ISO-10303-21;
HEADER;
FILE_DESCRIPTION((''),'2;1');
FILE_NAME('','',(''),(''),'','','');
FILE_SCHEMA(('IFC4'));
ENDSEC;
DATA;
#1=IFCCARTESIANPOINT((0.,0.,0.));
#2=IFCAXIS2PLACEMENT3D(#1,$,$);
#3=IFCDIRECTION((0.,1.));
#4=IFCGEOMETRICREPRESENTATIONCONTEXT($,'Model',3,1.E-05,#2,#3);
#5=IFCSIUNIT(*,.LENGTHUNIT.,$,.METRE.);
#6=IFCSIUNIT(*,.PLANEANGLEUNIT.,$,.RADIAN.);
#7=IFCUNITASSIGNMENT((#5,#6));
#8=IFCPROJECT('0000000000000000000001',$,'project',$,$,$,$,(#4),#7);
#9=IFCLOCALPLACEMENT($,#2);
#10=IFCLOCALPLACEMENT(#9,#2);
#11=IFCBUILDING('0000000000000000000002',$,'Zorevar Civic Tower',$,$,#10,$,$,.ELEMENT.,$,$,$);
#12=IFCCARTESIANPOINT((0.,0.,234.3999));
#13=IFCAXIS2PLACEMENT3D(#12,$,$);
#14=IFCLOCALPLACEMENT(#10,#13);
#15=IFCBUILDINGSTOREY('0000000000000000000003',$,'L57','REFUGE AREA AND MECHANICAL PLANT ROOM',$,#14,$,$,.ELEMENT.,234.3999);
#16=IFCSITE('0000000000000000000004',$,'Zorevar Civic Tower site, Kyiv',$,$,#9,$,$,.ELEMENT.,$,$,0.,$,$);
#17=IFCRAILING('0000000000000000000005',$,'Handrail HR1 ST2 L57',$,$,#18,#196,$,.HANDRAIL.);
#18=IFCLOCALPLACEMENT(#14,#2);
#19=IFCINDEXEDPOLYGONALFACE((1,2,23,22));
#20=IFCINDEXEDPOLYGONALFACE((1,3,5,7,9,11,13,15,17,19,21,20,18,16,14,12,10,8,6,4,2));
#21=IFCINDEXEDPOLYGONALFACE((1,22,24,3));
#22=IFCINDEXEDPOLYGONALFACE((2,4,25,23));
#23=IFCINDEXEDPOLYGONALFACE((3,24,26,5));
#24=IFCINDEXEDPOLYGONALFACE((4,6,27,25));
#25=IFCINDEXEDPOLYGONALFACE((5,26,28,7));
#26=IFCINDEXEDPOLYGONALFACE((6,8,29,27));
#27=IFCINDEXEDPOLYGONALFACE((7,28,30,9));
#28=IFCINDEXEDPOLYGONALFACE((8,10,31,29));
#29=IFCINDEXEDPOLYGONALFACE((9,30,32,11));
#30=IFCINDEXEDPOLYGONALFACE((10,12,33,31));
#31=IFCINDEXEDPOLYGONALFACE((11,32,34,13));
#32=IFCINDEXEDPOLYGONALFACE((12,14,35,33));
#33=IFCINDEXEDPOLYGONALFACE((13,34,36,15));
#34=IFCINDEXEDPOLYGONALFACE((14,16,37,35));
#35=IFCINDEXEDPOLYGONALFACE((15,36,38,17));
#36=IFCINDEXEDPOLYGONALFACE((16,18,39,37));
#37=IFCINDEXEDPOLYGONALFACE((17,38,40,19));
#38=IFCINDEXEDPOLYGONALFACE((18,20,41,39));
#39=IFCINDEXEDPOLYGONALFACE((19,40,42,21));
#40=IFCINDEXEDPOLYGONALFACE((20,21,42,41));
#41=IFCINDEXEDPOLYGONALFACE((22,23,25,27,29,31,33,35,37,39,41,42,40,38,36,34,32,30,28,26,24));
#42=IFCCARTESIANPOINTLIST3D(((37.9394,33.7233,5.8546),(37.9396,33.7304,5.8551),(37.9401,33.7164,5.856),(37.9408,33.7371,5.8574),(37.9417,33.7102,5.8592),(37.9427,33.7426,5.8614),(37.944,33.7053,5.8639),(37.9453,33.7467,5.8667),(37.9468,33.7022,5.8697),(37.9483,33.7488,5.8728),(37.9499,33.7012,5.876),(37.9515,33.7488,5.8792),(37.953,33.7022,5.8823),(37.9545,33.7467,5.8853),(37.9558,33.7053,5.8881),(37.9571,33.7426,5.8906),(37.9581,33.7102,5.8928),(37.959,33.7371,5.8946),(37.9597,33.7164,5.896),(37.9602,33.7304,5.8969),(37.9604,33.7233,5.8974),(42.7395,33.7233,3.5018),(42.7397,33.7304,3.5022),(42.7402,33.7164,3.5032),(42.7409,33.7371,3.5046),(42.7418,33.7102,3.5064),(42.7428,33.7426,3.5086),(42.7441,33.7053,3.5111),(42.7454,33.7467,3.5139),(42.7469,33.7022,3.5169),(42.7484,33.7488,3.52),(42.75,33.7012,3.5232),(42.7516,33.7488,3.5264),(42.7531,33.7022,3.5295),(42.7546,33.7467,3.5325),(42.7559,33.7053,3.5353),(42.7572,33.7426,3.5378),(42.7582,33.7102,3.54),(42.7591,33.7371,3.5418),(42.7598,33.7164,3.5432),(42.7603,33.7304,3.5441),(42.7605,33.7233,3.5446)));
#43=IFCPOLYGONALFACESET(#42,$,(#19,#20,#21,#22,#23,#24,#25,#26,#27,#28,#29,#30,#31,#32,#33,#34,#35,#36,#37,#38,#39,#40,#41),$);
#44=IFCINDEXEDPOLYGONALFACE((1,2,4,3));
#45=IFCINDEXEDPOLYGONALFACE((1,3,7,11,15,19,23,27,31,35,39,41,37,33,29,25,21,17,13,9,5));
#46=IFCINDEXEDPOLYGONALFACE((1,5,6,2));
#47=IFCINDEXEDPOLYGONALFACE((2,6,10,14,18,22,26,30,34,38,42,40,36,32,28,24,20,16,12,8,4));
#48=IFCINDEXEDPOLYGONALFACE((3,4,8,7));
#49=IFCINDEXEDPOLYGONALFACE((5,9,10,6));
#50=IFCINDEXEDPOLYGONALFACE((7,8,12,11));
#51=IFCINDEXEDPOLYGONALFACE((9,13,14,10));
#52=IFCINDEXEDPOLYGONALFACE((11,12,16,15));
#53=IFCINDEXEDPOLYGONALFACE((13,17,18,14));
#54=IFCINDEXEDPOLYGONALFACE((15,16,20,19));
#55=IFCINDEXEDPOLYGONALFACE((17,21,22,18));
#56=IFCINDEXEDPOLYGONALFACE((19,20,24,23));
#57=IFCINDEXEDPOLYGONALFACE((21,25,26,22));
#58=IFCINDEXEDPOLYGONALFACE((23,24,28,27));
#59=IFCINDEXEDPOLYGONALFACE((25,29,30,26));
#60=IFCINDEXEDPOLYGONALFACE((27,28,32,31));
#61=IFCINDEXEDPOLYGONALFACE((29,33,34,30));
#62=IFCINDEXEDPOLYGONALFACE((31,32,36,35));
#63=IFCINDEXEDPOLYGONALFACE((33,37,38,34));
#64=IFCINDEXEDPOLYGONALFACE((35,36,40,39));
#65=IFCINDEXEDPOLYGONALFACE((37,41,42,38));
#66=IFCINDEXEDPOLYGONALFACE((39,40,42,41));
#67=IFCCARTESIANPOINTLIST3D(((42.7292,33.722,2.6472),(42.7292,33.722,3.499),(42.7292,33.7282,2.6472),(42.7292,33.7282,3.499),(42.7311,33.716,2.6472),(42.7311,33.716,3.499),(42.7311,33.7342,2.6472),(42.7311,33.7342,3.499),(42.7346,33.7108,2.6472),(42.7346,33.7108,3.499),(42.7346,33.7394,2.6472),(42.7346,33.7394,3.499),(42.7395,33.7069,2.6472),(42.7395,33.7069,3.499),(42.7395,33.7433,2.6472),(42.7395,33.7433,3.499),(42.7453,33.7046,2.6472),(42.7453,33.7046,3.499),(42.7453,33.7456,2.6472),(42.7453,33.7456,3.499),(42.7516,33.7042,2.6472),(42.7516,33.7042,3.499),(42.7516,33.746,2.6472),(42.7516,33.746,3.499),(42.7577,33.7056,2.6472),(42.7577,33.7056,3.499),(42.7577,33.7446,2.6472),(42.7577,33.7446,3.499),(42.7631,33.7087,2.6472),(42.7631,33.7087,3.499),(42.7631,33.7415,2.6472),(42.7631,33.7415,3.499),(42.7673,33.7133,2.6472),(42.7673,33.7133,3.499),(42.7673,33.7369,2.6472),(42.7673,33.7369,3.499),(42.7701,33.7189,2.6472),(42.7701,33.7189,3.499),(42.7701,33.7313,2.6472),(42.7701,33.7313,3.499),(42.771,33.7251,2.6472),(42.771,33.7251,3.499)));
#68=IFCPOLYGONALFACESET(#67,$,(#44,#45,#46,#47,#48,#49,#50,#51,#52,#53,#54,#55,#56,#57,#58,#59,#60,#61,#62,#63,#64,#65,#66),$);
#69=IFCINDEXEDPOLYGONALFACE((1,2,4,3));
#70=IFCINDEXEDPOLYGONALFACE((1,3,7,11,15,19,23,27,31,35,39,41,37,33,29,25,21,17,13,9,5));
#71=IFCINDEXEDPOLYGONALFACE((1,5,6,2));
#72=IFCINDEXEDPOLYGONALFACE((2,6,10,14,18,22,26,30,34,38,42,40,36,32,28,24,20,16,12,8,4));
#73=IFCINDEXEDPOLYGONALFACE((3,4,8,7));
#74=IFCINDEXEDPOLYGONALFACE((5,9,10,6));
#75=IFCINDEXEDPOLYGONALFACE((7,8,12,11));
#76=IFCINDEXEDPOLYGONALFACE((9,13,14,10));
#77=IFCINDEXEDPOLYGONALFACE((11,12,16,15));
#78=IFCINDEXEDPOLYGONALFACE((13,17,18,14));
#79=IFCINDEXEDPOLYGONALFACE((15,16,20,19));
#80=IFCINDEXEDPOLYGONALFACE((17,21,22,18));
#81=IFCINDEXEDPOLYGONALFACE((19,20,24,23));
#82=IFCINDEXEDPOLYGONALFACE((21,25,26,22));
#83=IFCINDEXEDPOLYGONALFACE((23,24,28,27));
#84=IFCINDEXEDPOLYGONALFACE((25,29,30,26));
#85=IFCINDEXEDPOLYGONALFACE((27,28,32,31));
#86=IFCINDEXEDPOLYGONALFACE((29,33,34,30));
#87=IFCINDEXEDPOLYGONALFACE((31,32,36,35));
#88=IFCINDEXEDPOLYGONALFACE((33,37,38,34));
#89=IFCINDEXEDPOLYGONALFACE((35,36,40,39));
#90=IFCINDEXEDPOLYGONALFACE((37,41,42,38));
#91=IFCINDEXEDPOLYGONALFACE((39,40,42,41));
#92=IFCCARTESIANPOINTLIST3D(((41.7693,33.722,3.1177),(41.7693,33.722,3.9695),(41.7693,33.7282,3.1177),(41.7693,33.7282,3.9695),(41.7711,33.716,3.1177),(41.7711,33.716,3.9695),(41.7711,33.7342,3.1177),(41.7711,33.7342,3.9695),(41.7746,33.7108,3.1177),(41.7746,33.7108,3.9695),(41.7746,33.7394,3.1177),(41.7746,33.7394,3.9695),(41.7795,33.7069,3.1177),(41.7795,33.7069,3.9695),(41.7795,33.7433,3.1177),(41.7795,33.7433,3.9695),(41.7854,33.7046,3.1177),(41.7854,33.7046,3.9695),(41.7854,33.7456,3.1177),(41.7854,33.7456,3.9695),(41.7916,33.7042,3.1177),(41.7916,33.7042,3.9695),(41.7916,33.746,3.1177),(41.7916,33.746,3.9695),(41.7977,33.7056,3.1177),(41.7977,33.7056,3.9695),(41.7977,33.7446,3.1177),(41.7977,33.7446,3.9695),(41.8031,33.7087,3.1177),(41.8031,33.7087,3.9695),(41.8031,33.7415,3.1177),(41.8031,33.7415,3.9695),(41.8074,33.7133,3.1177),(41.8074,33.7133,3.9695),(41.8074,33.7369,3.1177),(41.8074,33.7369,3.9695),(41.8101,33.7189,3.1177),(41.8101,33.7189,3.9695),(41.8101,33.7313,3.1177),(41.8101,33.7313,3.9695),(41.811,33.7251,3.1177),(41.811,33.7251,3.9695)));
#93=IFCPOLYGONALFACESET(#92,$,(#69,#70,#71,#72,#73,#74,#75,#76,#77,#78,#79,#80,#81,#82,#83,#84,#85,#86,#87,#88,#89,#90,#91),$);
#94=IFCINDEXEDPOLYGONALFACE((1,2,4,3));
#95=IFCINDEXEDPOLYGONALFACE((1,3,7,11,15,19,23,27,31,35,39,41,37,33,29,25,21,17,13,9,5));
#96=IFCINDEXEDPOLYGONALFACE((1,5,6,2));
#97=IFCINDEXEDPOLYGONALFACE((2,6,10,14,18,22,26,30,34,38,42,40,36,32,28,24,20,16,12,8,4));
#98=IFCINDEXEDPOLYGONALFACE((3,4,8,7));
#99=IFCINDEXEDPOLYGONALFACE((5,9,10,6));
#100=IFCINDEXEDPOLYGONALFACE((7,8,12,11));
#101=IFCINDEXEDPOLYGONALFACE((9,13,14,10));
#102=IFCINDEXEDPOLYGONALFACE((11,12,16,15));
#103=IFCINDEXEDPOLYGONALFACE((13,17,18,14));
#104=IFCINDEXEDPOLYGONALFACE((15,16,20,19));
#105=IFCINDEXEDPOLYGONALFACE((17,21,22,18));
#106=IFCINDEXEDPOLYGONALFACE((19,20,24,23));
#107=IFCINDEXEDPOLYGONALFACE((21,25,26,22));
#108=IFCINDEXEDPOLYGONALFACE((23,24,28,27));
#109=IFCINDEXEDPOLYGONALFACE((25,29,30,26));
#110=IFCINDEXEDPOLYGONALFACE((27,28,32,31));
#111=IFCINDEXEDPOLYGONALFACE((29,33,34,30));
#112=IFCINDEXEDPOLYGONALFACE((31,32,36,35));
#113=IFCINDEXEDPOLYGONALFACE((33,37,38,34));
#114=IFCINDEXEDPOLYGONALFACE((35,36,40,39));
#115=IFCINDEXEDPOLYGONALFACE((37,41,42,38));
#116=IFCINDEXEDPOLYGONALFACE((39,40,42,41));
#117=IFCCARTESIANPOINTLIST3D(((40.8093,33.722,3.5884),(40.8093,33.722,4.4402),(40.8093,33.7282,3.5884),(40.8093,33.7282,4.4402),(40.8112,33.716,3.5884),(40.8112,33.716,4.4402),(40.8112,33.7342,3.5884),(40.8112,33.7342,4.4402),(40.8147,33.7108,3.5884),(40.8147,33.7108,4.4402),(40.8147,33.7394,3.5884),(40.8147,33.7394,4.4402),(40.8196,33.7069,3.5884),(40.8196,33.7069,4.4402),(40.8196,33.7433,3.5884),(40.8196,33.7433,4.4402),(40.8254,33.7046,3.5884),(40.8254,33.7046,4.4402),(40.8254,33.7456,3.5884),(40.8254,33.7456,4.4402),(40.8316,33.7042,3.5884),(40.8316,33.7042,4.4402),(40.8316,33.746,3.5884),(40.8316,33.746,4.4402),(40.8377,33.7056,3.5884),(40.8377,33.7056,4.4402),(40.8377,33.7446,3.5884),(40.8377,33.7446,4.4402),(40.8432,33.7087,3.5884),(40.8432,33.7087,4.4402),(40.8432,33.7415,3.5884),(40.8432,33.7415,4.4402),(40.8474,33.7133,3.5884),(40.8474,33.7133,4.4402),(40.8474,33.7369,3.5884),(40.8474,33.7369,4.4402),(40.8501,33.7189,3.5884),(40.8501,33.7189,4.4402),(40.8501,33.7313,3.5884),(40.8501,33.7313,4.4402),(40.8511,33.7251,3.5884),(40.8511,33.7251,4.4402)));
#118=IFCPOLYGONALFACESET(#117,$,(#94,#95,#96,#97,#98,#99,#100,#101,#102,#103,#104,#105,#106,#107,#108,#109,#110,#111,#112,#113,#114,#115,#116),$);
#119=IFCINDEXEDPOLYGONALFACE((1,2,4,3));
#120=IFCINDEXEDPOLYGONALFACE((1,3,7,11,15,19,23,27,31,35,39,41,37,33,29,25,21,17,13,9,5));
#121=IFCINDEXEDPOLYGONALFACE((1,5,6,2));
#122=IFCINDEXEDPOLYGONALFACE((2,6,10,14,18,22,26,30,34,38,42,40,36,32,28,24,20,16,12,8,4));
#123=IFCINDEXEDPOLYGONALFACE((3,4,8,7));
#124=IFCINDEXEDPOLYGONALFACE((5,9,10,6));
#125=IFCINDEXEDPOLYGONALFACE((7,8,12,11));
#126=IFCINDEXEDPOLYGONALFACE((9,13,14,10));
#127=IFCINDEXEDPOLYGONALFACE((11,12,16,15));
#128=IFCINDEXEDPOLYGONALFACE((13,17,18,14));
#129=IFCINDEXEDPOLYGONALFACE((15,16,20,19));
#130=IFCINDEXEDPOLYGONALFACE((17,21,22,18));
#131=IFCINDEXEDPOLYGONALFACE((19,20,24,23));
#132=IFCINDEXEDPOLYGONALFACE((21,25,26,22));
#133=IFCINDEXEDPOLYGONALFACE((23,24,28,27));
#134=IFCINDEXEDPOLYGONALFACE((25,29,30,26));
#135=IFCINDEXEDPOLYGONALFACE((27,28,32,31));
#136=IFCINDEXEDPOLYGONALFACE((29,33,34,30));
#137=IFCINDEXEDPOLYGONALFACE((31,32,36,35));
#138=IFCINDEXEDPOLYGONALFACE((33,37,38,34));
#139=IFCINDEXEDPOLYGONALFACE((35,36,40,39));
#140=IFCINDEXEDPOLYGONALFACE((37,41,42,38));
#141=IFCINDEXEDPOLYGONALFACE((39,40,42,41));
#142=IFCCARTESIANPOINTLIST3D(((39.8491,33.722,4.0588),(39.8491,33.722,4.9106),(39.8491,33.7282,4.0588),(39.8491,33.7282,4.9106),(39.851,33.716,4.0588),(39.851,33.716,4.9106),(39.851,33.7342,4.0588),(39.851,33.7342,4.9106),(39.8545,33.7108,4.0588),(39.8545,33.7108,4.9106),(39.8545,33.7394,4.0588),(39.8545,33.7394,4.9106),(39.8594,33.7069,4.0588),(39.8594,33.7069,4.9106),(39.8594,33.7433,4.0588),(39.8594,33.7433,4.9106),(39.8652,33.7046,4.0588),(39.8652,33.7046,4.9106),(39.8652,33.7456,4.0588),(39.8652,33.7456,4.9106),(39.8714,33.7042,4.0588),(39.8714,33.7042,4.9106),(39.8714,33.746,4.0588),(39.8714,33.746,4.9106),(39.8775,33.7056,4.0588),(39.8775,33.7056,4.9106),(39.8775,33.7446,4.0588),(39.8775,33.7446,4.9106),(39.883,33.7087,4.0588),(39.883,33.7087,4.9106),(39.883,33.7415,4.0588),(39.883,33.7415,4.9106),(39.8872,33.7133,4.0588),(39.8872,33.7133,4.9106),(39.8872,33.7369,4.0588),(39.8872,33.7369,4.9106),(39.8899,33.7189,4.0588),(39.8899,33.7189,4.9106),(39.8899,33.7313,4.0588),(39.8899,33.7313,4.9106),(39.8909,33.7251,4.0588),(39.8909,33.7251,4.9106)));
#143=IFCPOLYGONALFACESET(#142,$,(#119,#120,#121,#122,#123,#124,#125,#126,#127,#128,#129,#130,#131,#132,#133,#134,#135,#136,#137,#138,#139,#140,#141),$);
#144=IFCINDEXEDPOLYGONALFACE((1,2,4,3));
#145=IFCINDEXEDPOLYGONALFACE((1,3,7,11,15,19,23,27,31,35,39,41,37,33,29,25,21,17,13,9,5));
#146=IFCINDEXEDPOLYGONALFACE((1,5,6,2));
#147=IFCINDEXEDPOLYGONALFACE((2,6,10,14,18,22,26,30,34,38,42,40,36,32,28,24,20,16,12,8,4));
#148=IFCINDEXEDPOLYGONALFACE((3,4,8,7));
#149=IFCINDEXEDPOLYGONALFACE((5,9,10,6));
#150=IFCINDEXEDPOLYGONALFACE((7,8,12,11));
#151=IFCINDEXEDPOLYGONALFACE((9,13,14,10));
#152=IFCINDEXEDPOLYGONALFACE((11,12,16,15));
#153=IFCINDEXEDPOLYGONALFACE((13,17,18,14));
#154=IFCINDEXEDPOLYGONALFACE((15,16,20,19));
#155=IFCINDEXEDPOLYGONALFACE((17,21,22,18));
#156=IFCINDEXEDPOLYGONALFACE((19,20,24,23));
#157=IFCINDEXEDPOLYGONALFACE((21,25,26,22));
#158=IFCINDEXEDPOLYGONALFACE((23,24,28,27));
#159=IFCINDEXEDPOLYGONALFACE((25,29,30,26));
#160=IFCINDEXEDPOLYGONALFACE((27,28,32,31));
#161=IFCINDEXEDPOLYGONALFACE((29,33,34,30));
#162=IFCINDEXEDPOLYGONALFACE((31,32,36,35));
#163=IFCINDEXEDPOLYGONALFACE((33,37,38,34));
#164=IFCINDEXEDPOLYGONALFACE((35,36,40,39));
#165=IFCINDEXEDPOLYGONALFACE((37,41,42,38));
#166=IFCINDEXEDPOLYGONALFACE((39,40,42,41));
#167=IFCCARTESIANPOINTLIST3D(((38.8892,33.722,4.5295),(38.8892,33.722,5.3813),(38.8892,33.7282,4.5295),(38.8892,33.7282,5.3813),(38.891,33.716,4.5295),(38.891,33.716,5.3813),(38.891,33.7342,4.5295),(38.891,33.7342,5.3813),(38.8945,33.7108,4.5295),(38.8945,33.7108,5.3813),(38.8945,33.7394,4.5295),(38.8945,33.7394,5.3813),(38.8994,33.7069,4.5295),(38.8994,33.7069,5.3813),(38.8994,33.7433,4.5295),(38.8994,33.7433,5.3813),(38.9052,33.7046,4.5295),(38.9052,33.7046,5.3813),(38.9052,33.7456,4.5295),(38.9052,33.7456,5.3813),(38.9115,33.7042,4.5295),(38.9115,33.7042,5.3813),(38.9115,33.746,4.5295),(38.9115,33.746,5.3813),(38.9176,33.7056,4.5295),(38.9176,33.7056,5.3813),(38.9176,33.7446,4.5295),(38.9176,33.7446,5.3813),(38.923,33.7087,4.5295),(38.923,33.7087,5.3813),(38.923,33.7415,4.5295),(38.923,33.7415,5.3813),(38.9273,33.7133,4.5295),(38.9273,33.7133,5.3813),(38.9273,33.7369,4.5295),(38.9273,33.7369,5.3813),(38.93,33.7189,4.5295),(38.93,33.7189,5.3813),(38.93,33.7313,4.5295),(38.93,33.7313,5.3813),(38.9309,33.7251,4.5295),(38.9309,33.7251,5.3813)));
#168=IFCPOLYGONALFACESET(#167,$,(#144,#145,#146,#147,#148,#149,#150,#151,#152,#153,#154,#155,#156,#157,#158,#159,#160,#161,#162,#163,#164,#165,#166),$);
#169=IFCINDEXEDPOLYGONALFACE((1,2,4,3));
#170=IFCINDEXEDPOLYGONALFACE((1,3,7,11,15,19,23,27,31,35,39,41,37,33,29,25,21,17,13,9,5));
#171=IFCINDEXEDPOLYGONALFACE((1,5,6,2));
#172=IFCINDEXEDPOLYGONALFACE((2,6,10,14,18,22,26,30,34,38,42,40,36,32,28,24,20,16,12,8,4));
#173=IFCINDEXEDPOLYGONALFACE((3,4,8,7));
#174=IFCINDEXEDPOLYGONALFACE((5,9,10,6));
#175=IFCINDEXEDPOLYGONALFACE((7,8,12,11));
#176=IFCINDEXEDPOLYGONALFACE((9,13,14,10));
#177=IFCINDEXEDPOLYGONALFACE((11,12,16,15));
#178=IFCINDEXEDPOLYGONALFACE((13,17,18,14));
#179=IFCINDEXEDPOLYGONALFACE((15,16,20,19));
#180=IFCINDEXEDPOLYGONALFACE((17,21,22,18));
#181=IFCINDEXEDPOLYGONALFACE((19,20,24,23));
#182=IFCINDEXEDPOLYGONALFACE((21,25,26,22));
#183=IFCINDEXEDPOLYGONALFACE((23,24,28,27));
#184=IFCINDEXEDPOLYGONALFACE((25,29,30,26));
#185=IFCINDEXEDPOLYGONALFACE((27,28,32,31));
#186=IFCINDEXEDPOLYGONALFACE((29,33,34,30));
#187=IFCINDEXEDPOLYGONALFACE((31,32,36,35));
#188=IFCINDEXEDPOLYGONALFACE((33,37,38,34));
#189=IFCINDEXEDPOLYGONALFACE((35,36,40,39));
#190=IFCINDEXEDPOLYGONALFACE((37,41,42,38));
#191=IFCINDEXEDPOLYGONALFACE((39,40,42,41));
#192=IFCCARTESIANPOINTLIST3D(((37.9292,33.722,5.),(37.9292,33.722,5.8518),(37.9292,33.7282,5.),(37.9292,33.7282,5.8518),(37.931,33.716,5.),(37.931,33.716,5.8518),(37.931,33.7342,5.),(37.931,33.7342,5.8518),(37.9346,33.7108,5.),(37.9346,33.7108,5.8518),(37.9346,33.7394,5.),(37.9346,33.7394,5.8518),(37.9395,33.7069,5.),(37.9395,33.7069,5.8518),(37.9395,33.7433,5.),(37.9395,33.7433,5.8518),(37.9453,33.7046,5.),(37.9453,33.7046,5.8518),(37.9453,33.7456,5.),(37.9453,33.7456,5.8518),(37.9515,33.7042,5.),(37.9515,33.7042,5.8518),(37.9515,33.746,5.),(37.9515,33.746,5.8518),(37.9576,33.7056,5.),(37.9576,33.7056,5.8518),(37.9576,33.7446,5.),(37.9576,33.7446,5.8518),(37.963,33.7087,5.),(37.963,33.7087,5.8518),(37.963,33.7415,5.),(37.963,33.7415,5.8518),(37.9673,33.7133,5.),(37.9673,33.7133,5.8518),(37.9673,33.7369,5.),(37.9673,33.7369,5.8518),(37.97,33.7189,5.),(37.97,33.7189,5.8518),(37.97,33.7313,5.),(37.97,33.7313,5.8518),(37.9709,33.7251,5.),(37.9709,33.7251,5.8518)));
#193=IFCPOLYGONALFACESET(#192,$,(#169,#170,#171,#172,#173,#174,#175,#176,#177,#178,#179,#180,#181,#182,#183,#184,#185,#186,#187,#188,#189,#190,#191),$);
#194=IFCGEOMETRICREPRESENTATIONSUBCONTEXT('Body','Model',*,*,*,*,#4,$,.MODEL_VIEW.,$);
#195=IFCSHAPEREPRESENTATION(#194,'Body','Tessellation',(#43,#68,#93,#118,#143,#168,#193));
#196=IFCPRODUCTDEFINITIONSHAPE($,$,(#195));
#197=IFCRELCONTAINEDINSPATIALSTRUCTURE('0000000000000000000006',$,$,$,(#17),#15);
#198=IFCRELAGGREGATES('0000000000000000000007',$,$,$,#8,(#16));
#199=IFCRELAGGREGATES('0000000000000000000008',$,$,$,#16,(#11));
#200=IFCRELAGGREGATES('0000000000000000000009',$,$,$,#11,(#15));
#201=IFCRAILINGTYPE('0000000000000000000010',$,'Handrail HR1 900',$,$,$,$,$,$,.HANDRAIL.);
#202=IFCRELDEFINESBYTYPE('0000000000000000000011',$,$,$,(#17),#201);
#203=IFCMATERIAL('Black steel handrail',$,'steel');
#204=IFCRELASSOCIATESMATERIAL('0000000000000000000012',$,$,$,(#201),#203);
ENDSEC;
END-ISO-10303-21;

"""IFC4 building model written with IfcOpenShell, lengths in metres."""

from ifc_helpers import new_model, si_unit, direction, frame, origin, origin_2d, place, context, subcontext, project, spatial, circle, extrude, material, type_object, element, save


model = new_model("IFC4")

# Units and contexts
model_context = context("Model", 3, precision=1e-05, world=origin(), true_north=direction((0.0, 1.0)))
body_context = subcontext(model_context, "Body", "Model", "MODEL_VIEW")
ifc_project = project(units=[si_unit("LENGTHUNIT", "METRE"), si_unit("PLANEANGLEUNIT", "RADIAN")], contexts=[model_context])

# Site, building, storey
site_placement = place(None, origin())
site = spatial("IfcSite", under=ifc_project, at=site_placement, Name="Zorevar Civic Tower site, Kyiv", CompositionType="ELEMENT", RefElevation=0.0)
building_placement = place(site_placement, origin())
building = spatial("IfcBuilding", under=site, at=building_placement, Name="Zorevar Civic Tower", CompositionType="ELEMENT")
storey_placement = place(building_placement, frame((0.0, 0.0, 234.3999)))
storey = spatial("IfcBuildingStorey", under=building, at=storey_placement, Name="L57", Description="REFUGE AREA AND MECHANICAL PLANT ROOM", CompositionType="ELEMENT", Elevation=234.3999)

# Railing
ifc_material_1 = material(Name="Black steel handrail", Category="steel")
railing_type = type_object("IfcRailingType", Name="Handrail HR1 900", PredefinedType="HANDRAIL", material=ifc_material_1)
railing_placement = place(storey_placement, frame((42.75, 33.7251, 2.6472)))
element("IfcRailing", 1, at=railing_placement, inside=storey, type_object=railing_type, Name="Handrail HR1 ST2 L57", PredefinedType="HANDRAIL", context=body_context, shape_type="SweptSolid", body=[
    extrude(circle(Radius=0.0239, at=origin_2d()), frame((0.0, 0.0, 0.876), z_axis=(-0.897934, 0.0, 0.44013), x_axis=(0.0, -1.0, 0.0)), (0.0, 0.0, 1.0), 5.3457),
    extrude(circle(Radius=0.021, at=origin_2d()), origin(), (0.0, 0.0, 1.0), 0.8518),
    extrude(circle(Radius=0.021, at=origin_2d()), frame((-0.96, 0.0, 0.4705)), (0.0, 0.0, 1.0), 0.8518),
    extrude(circle(Radius=0.021, at=origin_2d()), frame((-1.9199, 0.0, 0.9412)), (0.0, 0.0, 1.0), 0.8518),
    extrude(circle(Radius=0.021, at=origin_2d()), frame((-2.8801, 0.0, 1.4116)), (0.0, 0.0, 1.0), 0.8518),
    extrude(circle(Radius=0.021, at=origin_2d()), frame((-3.8401, 0.0, 1.8823)), (0.0, 0.0, 1.0), 0.8518),
    extrude(circle(Radius=0.021, at=origin_2d()), frame((-4.8, 0.0, 2.3528)), (0.0, 0.0, 1.0), 0.8518),
])

save(model, "model.ifc")
